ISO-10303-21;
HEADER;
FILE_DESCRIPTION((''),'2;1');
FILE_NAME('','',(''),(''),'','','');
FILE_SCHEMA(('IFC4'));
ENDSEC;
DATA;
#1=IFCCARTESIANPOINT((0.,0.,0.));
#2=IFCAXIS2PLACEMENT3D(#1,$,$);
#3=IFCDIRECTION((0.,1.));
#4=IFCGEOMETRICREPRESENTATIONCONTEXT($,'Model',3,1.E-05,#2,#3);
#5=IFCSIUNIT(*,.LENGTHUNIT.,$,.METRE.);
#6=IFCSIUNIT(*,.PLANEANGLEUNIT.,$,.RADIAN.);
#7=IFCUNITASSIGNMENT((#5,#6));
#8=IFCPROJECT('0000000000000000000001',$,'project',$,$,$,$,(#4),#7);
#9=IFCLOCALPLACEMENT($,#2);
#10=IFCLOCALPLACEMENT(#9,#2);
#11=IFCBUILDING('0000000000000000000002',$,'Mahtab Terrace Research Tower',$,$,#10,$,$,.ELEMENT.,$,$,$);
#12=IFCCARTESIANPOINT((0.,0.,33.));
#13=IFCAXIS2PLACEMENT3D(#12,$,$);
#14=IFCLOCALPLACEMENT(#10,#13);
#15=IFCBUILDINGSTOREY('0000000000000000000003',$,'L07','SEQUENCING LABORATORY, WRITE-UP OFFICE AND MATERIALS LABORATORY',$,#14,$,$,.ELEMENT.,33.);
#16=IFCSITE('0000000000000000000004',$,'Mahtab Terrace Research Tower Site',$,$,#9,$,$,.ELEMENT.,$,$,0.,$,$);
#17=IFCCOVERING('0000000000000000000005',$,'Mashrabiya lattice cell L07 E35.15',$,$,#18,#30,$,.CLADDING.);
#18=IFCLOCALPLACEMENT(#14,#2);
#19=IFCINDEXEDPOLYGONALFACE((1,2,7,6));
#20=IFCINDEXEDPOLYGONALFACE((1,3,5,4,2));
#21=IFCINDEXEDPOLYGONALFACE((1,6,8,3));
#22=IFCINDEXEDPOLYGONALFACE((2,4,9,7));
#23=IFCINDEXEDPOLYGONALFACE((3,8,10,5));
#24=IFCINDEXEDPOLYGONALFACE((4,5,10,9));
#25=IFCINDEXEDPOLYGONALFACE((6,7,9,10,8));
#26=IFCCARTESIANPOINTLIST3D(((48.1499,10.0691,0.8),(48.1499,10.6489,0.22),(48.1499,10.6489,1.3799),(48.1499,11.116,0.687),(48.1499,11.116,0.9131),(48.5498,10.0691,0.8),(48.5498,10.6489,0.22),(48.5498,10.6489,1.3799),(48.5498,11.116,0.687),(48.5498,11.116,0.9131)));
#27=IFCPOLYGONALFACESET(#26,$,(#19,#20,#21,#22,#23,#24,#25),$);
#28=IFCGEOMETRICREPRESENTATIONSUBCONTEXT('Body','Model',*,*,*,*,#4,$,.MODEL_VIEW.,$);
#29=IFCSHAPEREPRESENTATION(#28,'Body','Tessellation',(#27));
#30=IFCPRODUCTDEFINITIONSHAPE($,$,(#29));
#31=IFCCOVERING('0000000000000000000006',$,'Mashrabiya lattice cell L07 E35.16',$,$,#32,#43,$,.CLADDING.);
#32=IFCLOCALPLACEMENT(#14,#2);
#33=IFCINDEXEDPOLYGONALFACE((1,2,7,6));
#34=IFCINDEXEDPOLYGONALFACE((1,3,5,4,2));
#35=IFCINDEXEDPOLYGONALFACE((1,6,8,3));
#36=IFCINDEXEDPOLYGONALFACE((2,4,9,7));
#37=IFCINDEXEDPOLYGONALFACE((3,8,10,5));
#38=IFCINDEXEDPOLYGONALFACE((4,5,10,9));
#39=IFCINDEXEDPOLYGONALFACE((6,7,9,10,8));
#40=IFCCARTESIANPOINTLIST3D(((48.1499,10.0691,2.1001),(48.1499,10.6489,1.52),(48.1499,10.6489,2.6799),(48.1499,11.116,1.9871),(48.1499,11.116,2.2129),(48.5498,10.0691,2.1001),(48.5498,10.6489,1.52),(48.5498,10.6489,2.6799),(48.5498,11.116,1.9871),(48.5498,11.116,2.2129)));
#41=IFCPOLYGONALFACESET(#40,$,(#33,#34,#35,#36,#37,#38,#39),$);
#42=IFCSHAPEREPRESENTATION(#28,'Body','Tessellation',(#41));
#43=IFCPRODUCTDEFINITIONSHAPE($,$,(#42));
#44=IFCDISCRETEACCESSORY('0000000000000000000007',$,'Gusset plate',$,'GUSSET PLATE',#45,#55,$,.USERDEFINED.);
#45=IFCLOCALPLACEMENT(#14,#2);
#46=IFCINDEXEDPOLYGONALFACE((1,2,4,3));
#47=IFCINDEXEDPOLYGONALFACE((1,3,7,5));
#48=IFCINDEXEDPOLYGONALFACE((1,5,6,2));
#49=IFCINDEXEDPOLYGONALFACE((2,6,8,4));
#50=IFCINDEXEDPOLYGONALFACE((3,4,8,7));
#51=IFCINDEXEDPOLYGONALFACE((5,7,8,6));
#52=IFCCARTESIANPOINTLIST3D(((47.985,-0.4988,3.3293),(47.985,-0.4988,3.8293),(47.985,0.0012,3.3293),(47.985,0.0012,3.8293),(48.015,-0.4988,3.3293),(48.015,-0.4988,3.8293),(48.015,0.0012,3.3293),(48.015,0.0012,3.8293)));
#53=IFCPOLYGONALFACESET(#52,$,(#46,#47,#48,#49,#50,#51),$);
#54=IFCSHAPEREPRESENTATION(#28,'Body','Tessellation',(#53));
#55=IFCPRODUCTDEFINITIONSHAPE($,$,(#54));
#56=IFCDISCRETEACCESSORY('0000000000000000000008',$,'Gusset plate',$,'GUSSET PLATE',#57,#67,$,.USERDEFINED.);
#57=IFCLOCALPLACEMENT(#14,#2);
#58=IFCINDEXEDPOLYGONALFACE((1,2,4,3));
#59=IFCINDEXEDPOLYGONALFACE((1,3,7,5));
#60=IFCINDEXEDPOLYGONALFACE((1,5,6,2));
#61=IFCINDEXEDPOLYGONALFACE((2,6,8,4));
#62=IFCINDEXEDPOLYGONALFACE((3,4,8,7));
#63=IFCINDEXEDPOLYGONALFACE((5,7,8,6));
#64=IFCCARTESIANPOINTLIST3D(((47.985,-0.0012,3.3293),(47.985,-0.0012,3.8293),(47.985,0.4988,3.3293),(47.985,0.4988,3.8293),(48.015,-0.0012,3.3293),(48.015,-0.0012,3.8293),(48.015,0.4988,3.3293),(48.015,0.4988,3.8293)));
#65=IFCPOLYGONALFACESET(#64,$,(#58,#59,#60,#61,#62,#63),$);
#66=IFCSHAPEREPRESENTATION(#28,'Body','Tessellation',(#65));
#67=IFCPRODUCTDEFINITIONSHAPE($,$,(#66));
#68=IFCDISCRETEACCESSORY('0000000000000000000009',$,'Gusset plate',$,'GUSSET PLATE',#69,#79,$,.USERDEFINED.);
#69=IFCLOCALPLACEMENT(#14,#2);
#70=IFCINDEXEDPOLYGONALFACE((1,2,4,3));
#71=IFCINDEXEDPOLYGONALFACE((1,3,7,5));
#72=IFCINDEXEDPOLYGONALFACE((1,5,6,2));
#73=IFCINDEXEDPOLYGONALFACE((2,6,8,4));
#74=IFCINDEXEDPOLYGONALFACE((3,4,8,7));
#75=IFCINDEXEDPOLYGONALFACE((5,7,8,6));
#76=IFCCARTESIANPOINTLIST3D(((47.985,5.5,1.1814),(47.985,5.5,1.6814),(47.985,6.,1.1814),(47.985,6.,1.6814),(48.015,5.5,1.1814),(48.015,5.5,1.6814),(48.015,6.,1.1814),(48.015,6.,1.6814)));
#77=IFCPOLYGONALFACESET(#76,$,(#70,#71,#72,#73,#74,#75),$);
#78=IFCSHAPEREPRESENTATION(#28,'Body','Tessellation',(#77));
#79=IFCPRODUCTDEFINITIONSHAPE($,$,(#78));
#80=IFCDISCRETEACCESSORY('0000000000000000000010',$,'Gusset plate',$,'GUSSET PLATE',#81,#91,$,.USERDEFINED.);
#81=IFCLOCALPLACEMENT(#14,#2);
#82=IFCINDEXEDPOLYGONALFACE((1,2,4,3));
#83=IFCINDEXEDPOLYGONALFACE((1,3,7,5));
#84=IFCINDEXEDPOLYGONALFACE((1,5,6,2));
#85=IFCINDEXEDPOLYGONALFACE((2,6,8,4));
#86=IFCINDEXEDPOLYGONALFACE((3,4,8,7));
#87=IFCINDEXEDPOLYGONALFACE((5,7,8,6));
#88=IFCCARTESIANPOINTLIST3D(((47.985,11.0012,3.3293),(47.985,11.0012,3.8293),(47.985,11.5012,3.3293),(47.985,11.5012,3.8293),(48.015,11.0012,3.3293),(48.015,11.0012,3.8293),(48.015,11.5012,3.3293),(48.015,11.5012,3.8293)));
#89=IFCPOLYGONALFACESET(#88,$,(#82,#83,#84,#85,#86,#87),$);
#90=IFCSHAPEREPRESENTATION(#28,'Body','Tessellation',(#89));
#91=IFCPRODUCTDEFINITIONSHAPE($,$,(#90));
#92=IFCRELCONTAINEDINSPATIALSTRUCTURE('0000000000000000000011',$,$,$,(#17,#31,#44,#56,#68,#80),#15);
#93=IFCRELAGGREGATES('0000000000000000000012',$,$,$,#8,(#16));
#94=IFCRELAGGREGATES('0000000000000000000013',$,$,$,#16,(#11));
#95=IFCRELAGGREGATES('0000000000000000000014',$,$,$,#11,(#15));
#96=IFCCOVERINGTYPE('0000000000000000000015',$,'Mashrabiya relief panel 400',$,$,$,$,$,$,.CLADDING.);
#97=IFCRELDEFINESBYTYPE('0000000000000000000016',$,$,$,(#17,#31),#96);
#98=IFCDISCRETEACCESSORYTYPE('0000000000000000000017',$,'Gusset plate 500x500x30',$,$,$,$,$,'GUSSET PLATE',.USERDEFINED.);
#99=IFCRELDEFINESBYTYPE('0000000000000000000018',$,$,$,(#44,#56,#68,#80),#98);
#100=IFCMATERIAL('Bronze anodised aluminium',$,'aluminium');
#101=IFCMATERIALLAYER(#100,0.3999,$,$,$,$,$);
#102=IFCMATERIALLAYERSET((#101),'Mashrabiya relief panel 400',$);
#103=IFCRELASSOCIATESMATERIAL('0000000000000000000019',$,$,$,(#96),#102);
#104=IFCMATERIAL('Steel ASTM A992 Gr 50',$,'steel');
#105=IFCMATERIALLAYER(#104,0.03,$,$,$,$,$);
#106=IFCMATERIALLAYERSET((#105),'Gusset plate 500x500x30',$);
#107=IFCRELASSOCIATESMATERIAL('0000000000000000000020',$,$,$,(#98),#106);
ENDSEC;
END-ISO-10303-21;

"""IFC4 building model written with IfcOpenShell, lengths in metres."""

from ifc_helpers import new_model, si_unit, direction, frame, origin, origin_2d, place, context, subcontext, project, spatial, polyline, rectangle, outline, extrude, material, layer, layer_set, type_object, element, save


model = new_model("IFC4")

# Units and contexts
model_context = context("Model", 3, precision=1e-05, world=origin(), true_north=direction((0.0, 1.0)))
body_context = subcontext(model_context, "Body", "Model", "MODEL_VIEW")
ifc_project = project(units=[si_unit("LENGTHUNIT", "METRE"), si_unit("PLANEANGLEUNIT", "RADIAN")], contexts=[model_context])

# Site, building, storey
site_placement = place(None, origin())
site = spatial("IfcSite", under=ifc_project, at=site_placement, Name="Mahtab Terrace Research Tower Site", CompositionType="ELEMENT", RefElevation=0.0)
building_placement = place(site_placement, origin())
building = spatial("IfcBuilding", under=site, at=building_placement, Name="Mahtab Terrace Research Tower", CompositionType="ELEMENT")
storey_placement = place(building_placement, frame((0.0, 0.0, 33.0)))
storey = spatial("IfcBuildingStorey", under=building, at=storey_placement, Name="L07", Description="SEQUENCING LABORATORY, WRITE-UP OFFICE AND MATERIALS LABORATORY", CompositionType="ELEMENT", Elevation=33.0)

# Shared definitions
ifc_material_1 = material(Name="Steel ASTM A992 Gr 50", Category="steel")

# Coverings
ifc_material_2 = material(Name="Bronze anodised aluminium", Category="aluminium")
ifc_layer_1 = layer(ifc_material_2, 0.3999)
ifc_layer_set_1 = layer_set([ifc_layer_1], Name="Mashrabiya relief panel 400")
covering_type = type_object("IfcCoveringType", Name="Mashrabiya relief panel 400", PredefinedType="CLADDING", material=ifc_layer_set_1)
covering_1_placement = place(storey_placement, frame((48.1499, 10.6489, 0.22), z_axis=(-1.0, 0.0, 0.0), x_axis=(0.0, -0.706958, 0.707256)))
element("IfcCovering", 1, at=covering_1_placement, inside=storey, type_object=covering_type, Name="Mashrabiya lattice cell L07 E35.15", PredefinedType="CLADDING", context=body_context, shape_type="SweptSolid", body=[
    extrude(outline(polyline([(0.0, 0.0), (0.8202, 0.0), (0.8204, 0.82), (0.16, 0.8203), (0.0001, 0.6605), (0.0, 0.0)])), origin(), (0.0, 0.0, -1.0), 0.3999),
])
covering_2_placement = place(storey_placement, frame((48.1499, 10.6489, 1.52), z_axis=(-1.0, 0.0, 0.0), x_axis=(0.0, -0.706958, 0.707256)))
element("IfcCovering", 2, at=covering_2_placement, inside=storey, type_object=covering_type, Name="Mashrabiya lattice cell L07 E35.16", PredefinedType="CLADDING", context=body_context, shape_type="SweptSolid", body=[
    extrude(outline(polyline([(0.0, 0.0), (0.8202, 0.0), (0.8204, 0.82), (0.1599, 0.8201), (0.0001, 0.6605), (0.0, 0.0)])), origin(), (0.0, 0.0, -1.0), 0.3999),
])

# Discrete accessories
ifc_layer_2 = layer(ifc_material_1, 0.03)
ifc_layer_set_2 = layer_set([ifc_layer_2], Name="Gusset plate 500x500x30")
discrete_accessory_type = type_object("IfcDiscreteAccessoryType", Name="Gusset plate 500x500x30", ElementType="GUSSET PLATE", PredefinedType="USERDEFINED", material=ifc_layer_set_2)
for number, where, z_axis, x_axis, name in (
    (3, (48.0, -0.2488, 3.3293), (0.0, 0.0, 1.0), (0.0, 1.0, 0.0), "Gusset plate"),
    (4, (48.0, 0.2488, 3.3293), (0.0, 0.0, 1.0), (0.0, 1.0, 0.0), "Gusset plate"),
    (5, (48.0, 5.75, 1.1814), (0.0, 0.0, 1.0), (0.0, 1.0, 0.0), "Gusset plate"),
    (6, (48.0, 11.2512, 3.3293), (0.0, 0.0, 1.0), (0.0, 1.0, 0.0), "Gusset plate"),
):
    element("IfcDiscreteAccessory", number, at=place(storey_placement, frame(where, z_axis=z_axis, x_axis=x_axis)), inside=storey, type_object=discrete_accessory_type, Name=name, ObjectType="GUSSET PLATE", PredefinedType="USERDEFINED", context=body_context, shape_type="SweptSolid", body=[
        extrude(rectangle(XDim=0.5, YDim=0.03, at=origin_2d()), origin(), (0.0, 0.0, 1.0), 0.5),
    ])

save(model, "model.ifc")
